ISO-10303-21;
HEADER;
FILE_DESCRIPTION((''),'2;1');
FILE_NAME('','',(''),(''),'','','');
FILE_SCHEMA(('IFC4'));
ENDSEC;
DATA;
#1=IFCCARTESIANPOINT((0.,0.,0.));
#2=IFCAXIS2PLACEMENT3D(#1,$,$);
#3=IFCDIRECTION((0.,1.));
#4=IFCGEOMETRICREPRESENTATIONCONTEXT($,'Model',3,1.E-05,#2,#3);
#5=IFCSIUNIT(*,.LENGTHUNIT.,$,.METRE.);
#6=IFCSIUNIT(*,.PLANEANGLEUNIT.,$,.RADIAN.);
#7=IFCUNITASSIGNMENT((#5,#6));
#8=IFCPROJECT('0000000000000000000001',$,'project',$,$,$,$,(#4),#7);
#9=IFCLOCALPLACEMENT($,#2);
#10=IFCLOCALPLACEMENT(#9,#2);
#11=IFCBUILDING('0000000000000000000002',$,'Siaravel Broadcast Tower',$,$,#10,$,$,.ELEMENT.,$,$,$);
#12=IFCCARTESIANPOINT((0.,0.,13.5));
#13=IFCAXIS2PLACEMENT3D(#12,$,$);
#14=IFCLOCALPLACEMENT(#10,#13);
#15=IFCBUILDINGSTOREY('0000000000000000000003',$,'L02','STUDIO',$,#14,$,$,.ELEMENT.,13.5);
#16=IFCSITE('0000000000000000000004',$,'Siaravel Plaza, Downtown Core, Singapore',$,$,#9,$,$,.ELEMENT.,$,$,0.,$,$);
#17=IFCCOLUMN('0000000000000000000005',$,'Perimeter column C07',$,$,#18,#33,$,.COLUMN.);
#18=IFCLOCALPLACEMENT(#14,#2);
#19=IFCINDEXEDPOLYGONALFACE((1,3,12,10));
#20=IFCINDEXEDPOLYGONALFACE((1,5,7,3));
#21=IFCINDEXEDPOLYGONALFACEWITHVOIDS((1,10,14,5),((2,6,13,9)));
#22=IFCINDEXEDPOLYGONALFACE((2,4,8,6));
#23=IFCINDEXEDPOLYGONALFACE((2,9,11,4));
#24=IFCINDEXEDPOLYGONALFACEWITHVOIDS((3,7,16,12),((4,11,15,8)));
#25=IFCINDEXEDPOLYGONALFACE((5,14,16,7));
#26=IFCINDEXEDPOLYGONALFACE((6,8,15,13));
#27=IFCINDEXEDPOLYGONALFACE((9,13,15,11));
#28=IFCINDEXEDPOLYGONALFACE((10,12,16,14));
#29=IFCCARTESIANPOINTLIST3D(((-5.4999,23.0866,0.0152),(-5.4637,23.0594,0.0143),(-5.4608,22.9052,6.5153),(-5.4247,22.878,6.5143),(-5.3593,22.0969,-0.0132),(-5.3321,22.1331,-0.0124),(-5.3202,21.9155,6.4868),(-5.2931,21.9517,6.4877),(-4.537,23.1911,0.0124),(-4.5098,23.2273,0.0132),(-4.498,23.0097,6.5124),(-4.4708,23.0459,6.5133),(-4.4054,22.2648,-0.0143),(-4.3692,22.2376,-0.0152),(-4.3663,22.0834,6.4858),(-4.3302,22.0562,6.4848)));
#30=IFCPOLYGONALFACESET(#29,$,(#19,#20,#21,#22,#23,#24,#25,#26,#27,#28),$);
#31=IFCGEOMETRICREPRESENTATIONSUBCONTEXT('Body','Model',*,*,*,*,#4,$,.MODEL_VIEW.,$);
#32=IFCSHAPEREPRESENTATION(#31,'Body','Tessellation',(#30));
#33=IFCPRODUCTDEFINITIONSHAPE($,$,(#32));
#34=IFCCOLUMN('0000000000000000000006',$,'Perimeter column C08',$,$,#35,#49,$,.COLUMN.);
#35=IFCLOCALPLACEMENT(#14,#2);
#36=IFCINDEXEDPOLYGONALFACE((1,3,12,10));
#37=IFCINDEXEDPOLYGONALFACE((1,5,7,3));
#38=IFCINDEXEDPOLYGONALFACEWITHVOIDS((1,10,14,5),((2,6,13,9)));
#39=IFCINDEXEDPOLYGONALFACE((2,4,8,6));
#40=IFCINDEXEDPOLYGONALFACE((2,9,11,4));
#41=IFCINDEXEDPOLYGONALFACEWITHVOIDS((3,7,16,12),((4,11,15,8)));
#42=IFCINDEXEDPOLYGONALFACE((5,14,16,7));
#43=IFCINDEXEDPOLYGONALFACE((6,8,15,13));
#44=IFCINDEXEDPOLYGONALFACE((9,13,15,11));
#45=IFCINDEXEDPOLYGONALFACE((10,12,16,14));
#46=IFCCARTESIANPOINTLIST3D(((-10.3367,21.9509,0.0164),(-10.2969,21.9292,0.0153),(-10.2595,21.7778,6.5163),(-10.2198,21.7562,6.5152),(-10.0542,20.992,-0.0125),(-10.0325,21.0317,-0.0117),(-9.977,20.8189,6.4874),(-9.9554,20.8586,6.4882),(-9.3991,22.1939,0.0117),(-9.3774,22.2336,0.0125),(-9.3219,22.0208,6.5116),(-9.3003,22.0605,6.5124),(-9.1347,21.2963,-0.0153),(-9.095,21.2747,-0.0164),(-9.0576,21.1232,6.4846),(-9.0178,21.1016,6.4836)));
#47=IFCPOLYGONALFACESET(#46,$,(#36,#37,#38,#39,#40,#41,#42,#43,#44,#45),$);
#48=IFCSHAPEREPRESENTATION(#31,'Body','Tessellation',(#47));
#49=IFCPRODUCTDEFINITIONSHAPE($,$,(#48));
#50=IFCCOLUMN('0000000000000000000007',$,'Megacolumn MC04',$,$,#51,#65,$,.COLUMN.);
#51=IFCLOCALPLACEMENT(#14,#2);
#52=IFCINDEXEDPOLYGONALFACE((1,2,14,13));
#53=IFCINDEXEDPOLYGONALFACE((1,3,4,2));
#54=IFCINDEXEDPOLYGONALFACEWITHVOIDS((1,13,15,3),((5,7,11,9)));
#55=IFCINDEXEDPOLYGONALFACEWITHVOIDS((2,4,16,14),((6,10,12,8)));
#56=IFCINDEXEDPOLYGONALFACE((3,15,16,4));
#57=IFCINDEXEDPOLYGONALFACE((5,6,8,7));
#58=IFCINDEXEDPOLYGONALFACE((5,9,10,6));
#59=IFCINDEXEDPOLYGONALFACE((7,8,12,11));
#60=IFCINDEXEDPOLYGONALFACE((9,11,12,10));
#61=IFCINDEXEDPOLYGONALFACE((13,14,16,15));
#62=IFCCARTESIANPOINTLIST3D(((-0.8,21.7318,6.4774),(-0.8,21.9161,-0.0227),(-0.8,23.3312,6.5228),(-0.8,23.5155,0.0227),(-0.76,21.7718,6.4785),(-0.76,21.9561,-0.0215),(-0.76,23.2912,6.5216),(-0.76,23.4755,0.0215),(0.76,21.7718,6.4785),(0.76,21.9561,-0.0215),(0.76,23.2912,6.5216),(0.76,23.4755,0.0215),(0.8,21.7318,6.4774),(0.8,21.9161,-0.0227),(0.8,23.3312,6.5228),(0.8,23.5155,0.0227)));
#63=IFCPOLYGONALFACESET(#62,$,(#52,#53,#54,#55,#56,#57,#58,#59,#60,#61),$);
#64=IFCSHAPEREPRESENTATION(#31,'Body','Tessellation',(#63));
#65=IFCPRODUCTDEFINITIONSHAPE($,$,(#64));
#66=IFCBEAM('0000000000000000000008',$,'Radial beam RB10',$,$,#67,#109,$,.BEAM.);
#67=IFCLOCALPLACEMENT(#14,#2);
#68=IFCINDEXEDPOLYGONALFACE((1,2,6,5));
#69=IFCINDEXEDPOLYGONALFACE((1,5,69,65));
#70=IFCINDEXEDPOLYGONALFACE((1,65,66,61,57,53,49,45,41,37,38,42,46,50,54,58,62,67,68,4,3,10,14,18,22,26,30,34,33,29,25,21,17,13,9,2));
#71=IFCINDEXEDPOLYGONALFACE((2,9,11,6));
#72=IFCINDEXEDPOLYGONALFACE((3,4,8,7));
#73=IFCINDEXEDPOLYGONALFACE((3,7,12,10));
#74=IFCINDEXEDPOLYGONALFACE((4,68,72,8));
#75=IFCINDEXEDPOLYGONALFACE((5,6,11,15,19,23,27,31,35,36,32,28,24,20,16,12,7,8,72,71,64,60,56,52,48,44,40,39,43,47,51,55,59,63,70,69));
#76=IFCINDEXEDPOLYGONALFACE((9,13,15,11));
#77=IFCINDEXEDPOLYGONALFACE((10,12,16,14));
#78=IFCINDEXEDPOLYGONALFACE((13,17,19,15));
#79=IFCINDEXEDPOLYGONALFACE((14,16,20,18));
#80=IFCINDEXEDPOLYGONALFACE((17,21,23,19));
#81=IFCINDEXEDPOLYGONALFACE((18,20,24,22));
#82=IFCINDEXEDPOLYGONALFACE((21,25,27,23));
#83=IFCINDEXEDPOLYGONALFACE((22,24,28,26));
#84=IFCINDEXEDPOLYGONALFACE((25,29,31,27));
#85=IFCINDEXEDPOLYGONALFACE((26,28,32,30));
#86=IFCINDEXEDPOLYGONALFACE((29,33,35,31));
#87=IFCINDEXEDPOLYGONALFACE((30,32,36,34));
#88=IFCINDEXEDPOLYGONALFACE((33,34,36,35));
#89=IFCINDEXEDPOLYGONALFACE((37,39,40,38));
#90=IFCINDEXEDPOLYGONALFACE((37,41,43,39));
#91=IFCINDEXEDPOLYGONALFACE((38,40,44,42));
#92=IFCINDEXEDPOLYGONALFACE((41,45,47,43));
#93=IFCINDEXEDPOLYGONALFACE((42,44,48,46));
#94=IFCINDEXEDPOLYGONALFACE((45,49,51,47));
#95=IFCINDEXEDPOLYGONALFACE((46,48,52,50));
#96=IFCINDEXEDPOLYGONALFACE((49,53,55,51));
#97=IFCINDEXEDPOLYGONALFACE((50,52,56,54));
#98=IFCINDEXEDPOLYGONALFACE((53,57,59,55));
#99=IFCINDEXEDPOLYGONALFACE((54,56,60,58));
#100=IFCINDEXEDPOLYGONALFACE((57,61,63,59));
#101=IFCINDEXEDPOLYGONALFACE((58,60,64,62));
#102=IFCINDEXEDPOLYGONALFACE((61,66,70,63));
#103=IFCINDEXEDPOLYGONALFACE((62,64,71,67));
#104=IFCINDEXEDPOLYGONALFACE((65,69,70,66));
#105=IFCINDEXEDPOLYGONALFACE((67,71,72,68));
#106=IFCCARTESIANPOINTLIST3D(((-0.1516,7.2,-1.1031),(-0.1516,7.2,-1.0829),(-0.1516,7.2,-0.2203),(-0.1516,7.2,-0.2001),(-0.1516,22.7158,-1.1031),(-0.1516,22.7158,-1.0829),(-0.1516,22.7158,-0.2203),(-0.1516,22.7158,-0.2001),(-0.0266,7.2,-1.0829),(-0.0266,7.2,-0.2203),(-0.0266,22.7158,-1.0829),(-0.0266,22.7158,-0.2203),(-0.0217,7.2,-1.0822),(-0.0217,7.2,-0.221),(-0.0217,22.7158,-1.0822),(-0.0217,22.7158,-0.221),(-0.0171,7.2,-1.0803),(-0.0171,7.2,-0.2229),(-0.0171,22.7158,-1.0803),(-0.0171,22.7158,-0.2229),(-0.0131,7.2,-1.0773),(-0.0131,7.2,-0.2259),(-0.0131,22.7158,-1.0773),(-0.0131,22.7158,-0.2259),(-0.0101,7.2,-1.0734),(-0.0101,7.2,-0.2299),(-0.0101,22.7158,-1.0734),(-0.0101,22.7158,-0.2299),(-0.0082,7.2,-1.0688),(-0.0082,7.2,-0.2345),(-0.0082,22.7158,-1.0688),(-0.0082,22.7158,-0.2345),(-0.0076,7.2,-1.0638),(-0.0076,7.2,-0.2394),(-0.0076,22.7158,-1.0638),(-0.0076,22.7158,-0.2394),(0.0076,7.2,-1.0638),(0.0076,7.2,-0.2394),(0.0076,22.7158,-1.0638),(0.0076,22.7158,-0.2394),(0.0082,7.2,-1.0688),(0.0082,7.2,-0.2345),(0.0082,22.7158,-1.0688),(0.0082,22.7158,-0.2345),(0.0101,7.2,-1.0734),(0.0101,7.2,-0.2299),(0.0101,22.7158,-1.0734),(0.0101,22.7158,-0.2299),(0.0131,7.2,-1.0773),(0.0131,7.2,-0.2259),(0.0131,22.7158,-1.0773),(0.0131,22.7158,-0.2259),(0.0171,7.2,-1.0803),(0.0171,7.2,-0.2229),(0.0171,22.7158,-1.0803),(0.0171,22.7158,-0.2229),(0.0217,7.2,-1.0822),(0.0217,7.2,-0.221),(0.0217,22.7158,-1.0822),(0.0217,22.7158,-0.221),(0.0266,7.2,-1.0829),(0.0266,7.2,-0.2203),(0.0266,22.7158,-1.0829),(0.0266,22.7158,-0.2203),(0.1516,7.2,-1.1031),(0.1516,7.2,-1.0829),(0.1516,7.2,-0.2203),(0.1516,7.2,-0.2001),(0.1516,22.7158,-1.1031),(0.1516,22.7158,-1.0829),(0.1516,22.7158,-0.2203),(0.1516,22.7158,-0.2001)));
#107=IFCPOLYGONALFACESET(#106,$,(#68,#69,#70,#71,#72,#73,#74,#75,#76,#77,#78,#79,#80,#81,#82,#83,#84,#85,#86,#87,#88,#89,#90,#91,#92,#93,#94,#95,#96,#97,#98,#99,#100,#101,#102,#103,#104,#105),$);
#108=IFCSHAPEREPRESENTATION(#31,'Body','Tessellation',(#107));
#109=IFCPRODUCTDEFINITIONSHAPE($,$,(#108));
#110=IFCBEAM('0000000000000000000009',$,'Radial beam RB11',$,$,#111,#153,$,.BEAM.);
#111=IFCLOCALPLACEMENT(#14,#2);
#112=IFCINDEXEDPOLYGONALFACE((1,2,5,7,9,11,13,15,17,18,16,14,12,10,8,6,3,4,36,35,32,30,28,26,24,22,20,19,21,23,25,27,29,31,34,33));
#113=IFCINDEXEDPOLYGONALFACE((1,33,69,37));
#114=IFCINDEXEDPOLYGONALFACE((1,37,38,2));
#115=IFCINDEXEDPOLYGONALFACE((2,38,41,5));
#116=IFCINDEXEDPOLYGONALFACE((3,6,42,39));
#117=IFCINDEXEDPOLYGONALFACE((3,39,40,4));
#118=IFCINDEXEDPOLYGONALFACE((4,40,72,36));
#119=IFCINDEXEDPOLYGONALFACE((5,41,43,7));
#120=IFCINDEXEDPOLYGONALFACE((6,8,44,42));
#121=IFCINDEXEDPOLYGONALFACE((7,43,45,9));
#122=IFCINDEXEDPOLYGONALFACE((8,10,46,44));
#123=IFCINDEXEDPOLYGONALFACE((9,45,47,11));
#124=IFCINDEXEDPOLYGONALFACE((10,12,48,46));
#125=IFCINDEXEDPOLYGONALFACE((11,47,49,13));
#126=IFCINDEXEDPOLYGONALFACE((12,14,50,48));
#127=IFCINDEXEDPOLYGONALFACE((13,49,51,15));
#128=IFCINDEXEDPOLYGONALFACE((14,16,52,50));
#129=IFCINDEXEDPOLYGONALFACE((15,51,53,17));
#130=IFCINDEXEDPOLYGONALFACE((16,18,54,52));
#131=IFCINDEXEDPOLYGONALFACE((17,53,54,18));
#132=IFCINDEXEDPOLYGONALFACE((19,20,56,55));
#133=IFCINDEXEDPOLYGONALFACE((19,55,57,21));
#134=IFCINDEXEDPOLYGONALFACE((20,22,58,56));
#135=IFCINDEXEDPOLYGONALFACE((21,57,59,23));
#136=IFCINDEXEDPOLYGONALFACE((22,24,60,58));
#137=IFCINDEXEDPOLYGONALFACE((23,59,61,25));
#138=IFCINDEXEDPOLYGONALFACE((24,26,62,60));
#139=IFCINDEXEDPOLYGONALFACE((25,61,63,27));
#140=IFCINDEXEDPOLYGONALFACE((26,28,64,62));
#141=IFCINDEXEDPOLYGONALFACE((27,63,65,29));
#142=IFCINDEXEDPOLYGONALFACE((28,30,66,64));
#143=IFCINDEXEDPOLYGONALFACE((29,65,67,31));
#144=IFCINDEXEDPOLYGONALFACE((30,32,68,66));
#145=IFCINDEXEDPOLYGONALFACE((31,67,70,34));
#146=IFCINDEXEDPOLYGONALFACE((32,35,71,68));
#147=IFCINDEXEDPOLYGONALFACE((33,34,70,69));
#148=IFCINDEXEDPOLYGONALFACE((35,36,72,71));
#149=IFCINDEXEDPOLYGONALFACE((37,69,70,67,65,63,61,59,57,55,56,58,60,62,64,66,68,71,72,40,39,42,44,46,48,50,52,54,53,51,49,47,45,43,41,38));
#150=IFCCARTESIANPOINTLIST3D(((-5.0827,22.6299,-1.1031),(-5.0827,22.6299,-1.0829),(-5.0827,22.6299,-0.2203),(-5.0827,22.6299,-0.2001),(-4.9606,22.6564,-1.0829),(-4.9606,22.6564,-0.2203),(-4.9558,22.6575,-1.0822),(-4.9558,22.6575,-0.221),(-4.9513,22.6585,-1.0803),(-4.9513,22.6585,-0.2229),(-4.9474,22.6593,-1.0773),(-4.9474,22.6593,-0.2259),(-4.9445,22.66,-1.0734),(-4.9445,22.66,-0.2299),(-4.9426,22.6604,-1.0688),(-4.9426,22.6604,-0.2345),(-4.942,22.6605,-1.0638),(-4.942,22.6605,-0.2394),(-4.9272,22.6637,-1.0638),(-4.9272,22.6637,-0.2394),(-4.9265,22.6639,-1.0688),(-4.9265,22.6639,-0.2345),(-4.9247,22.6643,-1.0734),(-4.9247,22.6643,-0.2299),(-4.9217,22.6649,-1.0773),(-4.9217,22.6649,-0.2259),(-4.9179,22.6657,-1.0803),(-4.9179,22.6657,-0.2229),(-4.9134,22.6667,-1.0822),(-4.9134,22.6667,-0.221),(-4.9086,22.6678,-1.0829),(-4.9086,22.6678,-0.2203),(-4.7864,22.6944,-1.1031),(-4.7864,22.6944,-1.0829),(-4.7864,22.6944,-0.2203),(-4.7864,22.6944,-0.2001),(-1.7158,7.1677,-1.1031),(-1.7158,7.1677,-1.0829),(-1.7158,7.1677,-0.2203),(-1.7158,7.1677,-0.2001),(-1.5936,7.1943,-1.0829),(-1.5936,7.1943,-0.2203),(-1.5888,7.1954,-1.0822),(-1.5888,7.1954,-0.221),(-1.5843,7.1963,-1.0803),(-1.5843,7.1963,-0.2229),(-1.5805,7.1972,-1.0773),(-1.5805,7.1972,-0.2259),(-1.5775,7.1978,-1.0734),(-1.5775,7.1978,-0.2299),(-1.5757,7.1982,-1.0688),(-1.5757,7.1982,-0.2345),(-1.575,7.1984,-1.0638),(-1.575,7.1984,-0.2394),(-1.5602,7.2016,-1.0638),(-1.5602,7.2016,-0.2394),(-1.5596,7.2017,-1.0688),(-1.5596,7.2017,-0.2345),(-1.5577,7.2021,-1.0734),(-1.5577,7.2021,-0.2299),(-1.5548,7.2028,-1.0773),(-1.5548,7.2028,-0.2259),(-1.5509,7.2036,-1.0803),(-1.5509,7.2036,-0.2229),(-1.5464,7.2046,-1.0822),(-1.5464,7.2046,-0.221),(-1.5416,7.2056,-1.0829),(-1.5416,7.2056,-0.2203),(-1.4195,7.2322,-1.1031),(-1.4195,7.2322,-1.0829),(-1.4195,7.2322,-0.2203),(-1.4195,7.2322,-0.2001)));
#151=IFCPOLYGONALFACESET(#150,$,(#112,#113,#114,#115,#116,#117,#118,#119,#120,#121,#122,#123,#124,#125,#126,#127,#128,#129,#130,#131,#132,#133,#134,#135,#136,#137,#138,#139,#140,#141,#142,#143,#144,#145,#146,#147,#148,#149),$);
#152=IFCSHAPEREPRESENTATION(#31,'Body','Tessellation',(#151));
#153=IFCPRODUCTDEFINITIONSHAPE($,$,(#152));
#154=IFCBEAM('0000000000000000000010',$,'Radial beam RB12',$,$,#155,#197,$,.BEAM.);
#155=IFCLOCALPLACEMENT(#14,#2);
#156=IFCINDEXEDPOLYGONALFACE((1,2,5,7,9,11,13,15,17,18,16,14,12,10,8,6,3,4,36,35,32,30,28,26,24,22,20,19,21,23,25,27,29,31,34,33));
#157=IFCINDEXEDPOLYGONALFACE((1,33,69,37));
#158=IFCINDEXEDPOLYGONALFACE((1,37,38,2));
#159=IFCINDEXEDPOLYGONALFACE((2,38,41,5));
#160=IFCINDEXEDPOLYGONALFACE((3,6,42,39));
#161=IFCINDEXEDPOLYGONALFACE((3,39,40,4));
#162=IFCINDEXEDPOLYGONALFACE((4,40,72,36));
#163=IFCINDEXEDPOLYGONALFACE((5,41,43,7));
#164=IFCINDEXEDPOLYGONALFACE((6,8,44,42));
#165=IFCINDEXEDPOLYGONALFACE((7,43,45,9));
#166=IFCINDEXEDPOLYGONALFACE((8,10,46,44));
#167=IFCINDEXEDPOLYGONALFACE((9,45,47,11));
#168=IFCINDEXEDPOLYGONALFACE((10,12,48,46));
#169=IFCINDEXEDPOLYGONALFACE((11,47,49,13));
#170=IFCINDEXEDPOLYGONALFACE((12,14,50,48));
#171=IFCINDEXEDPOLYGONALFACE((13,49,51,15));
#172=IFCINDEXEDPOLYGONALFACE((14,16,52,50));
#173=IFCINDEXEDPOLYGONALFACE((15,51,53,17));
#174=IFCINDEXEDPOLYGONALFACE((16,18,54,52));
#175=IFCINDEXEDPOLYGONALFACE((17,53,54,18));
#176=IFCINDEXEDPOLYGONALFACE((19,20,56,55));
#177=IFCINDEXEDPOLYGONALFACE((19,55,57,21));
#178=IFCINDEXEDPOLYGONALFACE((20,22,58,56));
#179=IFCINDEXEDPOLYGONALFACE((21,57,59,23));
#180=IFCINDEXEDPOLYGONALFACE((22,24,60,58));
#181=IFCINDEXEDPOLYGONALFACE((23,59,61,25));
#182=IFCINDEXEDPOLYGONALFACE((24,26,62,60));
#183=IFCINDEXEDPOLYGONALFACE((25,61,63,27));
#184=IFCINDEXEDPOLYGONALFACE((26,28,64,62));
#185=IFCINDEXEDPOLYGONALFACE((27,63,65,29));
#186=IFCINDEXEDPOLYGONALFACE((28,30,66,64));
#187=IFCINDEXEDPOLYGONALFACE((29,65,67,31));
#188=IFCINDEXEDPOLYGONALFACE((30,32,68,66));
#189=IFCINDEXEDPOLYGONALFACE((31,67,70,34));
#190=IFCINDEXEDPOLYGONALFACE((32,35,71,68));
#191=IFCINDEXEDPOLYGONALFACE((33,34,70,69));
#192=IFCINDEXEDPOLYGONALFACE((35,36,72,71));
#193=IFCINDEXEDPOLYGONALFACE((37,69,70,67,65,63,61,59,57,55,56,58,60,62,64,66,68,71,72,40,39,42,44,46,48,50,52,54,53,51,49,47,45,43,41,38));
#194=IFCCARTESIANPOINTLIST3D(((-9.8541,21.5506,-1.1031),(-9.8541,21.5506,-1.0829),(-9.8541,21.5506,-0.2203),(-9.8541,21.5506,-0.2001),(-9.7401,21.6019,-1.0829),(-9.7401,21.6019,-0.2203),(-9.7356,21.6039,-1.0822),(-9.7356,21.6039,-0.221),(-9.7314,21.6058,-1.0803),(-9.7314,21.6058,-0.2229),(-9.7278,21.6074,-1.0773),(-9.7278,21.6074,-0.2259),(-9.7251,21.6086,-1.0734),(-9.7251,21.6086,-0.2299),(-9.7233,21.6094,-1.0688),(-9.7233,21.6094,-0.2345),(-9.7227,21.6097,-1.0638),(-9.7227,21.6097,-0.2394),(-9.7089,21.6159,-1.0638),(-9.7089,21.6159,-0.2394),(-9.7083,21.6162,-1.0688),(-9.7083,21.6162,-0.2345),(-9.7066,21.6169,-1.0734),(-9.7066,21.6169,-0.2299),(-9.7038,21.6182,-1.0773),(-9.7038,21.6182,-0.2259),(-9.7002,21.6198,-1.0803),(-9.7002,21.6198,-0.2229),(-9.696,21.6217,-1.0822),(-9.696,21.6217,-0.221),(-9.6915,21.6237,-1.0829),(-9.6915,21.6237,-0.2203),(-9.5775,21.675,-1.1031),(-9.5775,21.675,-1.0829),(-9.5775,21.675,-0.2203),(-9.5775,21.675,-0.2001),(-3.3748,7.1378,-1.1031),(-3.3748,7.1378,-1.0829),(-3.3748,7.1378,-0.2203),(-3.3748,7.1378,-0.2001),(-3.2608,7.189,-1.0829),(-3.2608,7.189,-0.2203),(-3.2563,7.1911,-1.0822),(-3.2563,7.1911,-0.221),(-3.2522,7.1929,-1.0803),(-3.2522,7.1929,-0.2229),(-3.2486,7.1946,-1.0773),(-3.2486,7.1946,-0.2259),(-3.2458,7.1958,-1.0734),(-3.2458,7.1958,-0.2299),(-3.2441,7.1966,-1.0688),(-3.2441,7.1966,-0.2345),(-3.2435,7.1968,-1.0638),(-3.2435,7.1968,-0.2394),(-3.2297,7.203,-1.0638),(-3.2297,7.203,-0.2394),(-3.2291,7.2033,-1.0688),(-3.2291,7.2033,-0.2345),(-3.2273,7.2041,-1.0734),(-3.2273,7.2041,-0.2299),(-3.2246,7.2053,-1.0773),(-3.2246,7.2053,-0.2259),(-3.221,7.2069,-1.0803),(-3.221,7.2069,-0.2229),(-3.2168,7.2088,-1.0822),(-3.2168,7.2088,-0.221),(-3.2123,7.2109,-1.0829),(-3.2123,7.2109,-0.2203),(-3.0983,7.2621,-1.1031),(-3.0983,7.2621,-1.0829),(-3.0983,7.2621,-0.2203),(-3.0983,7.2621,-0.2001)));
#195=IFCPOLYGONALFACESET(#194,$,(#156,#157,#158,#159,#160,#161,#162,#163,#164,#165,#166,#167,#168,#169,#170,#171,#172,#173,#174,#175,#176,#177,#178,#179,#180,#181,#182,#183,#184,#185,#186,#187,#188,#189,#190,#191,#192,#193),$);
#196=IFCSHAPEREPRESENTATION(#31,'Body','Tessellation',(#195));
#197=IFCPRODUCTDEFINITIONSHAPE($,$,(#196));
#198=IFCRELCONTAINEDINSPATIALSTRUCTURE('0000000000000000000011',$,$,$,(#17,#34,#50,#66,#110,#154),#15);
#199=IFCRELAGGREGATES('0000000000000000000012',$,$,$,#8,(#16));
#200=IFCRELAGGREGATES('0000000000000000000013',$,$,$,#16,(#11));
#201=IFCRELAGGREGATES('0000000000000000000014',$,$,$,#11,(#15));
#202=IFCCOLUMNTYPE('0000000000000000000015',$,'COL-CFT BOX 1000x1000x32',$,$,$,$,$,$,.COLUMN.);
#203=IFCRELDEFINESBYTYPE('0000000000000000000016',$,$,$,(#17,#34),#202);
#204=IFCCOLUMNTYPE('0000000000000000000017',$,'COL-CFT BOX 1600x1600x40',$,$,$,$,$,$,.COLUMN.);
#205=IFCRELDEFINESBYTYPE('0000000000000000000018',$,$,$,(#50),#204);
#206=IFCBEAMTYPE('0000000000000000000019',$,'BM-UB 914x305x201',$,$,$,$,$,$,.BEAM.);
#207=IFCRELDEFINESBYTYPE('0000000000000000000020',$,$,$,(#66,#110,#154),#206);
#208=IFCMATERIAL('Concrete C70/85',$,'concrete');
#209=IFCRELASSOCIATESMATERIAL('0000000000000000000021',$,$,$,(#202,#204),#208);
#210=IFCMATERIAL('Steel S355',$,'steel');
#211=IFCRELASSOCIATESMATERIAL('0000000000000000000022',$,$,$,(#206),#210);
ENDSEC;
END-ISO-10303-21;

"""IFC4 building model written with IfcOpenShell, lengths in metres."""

from ifc_helpers import new_model, si_unit, direction, frame, origin, origin_2d, place, context, subcontext, project, spatial, hollow_rectangle, i_section, extrude, material, material_profile, profile_set, type_object, element, save


model = new_model("IFC4")

# Units and contexts
model_context = context("Model", 3, precision=1e-05, world=origin(), true_north=direction((0.0, 1.0)))
body_context = subcontext(model_context, "Body", "Model", "MODEL_VIEW")
ifc_project = project(units=[si_unit("LENGTHUNIT", "METRE"), si_unit("PLANEANGLEUNIT", "RADIAN")], contexts=[model_context])

# Site, building, storey
site_placement = place(None, origin())
site = spatial("IfcSite", under=ifc_project, at=site_placement, Name="Siaravel Plaza, Downtown Core, Singapore", CompositionType="ELEMENT", RefElevation=0.0)
building_placement = place(site_placement, origin())
building = spatial("IfcBuilding", under=site, at=building_placement, Name="Siaravel Broadcast Tower", CompositionType="ELEMENT")
storey_placement = place(building_placement, frame((0.0, 0.0, 13.5)))
storey = spatial("IfcBuildingStorey", under=building, at=storey_placement, Name="L02", Description="STUDIO", CompositionType="ELEMENT", Elevation=13.5)

# Columns
ifc_material_1 = material(Name="Concrete C70/85", Category="concrete")
ifc_material_profile_1 = material_profile(ifc_material_1, hollow_rectangle(XDim=1.0, YDim=1.0, WallThickness=0.032, at=origin_2d()))
ifc_profile_set_1 = profile_set([ifc_material_profile_1], Name="Concrete C70/85")
column_type_1 = type_object("IfcColumnType", Name="COL-CFT BOX 1000x1000x32", PredefinedType="COLUMN", material=ifc_profile_set_1)
for number, where, z_axis, x_axis, name in (
    (1, (-4.9346, 22.6621, 0.0), (0.006007, -0.027896, 0.999593), (0.990048, 0.140716, -0.002023), "Perimeter column C07"),
    (2, (-9.7158, 21.6128, 0.0), (0.011864, -0.026619, 0.999575), (0.959205, 0.282685, -0.003857), "Perimeter column C08"),
):
    element("IfcColumn", number, at=place(storey_placement, frame(where, z_axis=z_axis, x_axis=x_axis)), inside=storey, type_object=column_type_1, Name=name, PredefinedType="COLUMN", context=body_context, shape_type="SweptSolid", body=[
        extrude(hollow_rectangle(XDim=1.0, YDim=1.0, WallThickness=0.032, at=origin_2d()), origin(), (0.0, 0.0, 1.0), 6.5027),
    ])
ifc_material_profile_2 = material_profile(ifc_material_1, hollow_rectangle(XDim=1.6001, YDim=1.6001, WallThickness=0.04, at=origin_2d()))
ifc_profile_set_2 = profile_set([ifc_material_profile_2], Name="Concrete C70/85")
column_type_2 = type_object("IfcColumnType", Name="COL-CFT BOX 1600x1600x40", PredefinedType="COLUMN", material=ifc_profile_set_2)
column_placement = place(storey_placement, frame((0.0, 22.7158, 0.0), z_axis=(0.0, -0.028346, 0.999598), x_axis=(1.0, 0.0, 0.0)))
element("IfcColumn", 3, at=column_placement, inside=storey, type_object=column_type_2, Name="Megacolumn MC04", PredefinedType="COLUMN", context=body_context, shape_type="SweptSolid", body=[
    extrude(hollow_rectangle(XDim=1.6001, YDim=1.6001, WallThickness=0.04, at=origin_2d()), origin(), (0.0, 0.0, 1.0), 6.5027),
])

# Beams
ifc_material_2 = material(Name="Steel S355", Category="steel")
ifc_material_profile_3 = material_profile(ifc_material_2, i_section(OverallWidth=0.3032, OverallDepth=0.9031, WebThickness=0.0151, FlangeThickness=0.0203, FilletRadius=0.019, at=origin_2d()))
ifc_profile_set_3 = profile_set([ifc_material_profile_3], Name="Steel S355")
beam_type = type_object("IfcBeamType", Name="BM-UB 914x305x201", PredefinedType="BEAM", material=ifc_profile_set_3)
beam_1_placement = place(storey_placement, frame((0.0, 22.7158, -0.6516), z_axis=(0.0, -1.0, 0.0), x_axis=(1.0, 0.0, 0.0)))
element("IfcBeam", 4, at=beam_1_placement, inside=storey, type_object=beam_type, Name="Radial beam RB10", PredefinedType="BEAM", context=body_context, shape_type="SweptSolid", body=[
    extrude(i_section(OverallWidth=0.3032, OverallDepth=0.9031, WebThickness=0.0151, FlangeThickness=0.0203, FilletRadius=0.019, at=origin_2d()), origin(), (0.0, 0.0, 1.0), 15.5159),
])
beam_2_placement = place(storey_placement, frame((-4.9346, 22.6621, -0.6516), z_axis=(0.212768, -0.977103, 0.0), x_axis=(0.977103, 0.212768, 0.0)))
element("IfcBeam", 5, at=beam_2_placement, inside=storey, type_object=beam_type, Name="Radial beam RB11", PredefinedType="BEAM", context=body_context, shape_type="SweptSolid", body=[
    extrude(i_section(OverallWidth=0.3032, OverallDepth=0.9031, WebThickness=0.0151, FlangeThickness=0.0203, FilletRadius=0.019, at=origin_2d()), origin(), (0.0, 0.0, 1.0), 15.8245),
])
beam_3_placement = place(storey_placement, frame((-9.7158, 21.6128, -0.6516), z_axis=(0.410021, -0.912076, 0.0), x_axis=(0.912076, 0.410021, 0.0)))
element("IfcBeam", 6, at=beam_3_placement, inside=storey, type_object=beam_type, Name="Radial beam RB12", PredefinedType="BEAM", context=body_context, shape_type="SweptSolid", body=[
    extrude(i_section(OverallWidth=0.3032, OverallDepth=0.9031, WebThickness=0.0151, FlangeThickness=0.0203, FilletRadius=0.019, at=origin_2d()), origin(), (0.0, 0.0, 1.0), 15.8022),
])

save(model, "model.ifc")
